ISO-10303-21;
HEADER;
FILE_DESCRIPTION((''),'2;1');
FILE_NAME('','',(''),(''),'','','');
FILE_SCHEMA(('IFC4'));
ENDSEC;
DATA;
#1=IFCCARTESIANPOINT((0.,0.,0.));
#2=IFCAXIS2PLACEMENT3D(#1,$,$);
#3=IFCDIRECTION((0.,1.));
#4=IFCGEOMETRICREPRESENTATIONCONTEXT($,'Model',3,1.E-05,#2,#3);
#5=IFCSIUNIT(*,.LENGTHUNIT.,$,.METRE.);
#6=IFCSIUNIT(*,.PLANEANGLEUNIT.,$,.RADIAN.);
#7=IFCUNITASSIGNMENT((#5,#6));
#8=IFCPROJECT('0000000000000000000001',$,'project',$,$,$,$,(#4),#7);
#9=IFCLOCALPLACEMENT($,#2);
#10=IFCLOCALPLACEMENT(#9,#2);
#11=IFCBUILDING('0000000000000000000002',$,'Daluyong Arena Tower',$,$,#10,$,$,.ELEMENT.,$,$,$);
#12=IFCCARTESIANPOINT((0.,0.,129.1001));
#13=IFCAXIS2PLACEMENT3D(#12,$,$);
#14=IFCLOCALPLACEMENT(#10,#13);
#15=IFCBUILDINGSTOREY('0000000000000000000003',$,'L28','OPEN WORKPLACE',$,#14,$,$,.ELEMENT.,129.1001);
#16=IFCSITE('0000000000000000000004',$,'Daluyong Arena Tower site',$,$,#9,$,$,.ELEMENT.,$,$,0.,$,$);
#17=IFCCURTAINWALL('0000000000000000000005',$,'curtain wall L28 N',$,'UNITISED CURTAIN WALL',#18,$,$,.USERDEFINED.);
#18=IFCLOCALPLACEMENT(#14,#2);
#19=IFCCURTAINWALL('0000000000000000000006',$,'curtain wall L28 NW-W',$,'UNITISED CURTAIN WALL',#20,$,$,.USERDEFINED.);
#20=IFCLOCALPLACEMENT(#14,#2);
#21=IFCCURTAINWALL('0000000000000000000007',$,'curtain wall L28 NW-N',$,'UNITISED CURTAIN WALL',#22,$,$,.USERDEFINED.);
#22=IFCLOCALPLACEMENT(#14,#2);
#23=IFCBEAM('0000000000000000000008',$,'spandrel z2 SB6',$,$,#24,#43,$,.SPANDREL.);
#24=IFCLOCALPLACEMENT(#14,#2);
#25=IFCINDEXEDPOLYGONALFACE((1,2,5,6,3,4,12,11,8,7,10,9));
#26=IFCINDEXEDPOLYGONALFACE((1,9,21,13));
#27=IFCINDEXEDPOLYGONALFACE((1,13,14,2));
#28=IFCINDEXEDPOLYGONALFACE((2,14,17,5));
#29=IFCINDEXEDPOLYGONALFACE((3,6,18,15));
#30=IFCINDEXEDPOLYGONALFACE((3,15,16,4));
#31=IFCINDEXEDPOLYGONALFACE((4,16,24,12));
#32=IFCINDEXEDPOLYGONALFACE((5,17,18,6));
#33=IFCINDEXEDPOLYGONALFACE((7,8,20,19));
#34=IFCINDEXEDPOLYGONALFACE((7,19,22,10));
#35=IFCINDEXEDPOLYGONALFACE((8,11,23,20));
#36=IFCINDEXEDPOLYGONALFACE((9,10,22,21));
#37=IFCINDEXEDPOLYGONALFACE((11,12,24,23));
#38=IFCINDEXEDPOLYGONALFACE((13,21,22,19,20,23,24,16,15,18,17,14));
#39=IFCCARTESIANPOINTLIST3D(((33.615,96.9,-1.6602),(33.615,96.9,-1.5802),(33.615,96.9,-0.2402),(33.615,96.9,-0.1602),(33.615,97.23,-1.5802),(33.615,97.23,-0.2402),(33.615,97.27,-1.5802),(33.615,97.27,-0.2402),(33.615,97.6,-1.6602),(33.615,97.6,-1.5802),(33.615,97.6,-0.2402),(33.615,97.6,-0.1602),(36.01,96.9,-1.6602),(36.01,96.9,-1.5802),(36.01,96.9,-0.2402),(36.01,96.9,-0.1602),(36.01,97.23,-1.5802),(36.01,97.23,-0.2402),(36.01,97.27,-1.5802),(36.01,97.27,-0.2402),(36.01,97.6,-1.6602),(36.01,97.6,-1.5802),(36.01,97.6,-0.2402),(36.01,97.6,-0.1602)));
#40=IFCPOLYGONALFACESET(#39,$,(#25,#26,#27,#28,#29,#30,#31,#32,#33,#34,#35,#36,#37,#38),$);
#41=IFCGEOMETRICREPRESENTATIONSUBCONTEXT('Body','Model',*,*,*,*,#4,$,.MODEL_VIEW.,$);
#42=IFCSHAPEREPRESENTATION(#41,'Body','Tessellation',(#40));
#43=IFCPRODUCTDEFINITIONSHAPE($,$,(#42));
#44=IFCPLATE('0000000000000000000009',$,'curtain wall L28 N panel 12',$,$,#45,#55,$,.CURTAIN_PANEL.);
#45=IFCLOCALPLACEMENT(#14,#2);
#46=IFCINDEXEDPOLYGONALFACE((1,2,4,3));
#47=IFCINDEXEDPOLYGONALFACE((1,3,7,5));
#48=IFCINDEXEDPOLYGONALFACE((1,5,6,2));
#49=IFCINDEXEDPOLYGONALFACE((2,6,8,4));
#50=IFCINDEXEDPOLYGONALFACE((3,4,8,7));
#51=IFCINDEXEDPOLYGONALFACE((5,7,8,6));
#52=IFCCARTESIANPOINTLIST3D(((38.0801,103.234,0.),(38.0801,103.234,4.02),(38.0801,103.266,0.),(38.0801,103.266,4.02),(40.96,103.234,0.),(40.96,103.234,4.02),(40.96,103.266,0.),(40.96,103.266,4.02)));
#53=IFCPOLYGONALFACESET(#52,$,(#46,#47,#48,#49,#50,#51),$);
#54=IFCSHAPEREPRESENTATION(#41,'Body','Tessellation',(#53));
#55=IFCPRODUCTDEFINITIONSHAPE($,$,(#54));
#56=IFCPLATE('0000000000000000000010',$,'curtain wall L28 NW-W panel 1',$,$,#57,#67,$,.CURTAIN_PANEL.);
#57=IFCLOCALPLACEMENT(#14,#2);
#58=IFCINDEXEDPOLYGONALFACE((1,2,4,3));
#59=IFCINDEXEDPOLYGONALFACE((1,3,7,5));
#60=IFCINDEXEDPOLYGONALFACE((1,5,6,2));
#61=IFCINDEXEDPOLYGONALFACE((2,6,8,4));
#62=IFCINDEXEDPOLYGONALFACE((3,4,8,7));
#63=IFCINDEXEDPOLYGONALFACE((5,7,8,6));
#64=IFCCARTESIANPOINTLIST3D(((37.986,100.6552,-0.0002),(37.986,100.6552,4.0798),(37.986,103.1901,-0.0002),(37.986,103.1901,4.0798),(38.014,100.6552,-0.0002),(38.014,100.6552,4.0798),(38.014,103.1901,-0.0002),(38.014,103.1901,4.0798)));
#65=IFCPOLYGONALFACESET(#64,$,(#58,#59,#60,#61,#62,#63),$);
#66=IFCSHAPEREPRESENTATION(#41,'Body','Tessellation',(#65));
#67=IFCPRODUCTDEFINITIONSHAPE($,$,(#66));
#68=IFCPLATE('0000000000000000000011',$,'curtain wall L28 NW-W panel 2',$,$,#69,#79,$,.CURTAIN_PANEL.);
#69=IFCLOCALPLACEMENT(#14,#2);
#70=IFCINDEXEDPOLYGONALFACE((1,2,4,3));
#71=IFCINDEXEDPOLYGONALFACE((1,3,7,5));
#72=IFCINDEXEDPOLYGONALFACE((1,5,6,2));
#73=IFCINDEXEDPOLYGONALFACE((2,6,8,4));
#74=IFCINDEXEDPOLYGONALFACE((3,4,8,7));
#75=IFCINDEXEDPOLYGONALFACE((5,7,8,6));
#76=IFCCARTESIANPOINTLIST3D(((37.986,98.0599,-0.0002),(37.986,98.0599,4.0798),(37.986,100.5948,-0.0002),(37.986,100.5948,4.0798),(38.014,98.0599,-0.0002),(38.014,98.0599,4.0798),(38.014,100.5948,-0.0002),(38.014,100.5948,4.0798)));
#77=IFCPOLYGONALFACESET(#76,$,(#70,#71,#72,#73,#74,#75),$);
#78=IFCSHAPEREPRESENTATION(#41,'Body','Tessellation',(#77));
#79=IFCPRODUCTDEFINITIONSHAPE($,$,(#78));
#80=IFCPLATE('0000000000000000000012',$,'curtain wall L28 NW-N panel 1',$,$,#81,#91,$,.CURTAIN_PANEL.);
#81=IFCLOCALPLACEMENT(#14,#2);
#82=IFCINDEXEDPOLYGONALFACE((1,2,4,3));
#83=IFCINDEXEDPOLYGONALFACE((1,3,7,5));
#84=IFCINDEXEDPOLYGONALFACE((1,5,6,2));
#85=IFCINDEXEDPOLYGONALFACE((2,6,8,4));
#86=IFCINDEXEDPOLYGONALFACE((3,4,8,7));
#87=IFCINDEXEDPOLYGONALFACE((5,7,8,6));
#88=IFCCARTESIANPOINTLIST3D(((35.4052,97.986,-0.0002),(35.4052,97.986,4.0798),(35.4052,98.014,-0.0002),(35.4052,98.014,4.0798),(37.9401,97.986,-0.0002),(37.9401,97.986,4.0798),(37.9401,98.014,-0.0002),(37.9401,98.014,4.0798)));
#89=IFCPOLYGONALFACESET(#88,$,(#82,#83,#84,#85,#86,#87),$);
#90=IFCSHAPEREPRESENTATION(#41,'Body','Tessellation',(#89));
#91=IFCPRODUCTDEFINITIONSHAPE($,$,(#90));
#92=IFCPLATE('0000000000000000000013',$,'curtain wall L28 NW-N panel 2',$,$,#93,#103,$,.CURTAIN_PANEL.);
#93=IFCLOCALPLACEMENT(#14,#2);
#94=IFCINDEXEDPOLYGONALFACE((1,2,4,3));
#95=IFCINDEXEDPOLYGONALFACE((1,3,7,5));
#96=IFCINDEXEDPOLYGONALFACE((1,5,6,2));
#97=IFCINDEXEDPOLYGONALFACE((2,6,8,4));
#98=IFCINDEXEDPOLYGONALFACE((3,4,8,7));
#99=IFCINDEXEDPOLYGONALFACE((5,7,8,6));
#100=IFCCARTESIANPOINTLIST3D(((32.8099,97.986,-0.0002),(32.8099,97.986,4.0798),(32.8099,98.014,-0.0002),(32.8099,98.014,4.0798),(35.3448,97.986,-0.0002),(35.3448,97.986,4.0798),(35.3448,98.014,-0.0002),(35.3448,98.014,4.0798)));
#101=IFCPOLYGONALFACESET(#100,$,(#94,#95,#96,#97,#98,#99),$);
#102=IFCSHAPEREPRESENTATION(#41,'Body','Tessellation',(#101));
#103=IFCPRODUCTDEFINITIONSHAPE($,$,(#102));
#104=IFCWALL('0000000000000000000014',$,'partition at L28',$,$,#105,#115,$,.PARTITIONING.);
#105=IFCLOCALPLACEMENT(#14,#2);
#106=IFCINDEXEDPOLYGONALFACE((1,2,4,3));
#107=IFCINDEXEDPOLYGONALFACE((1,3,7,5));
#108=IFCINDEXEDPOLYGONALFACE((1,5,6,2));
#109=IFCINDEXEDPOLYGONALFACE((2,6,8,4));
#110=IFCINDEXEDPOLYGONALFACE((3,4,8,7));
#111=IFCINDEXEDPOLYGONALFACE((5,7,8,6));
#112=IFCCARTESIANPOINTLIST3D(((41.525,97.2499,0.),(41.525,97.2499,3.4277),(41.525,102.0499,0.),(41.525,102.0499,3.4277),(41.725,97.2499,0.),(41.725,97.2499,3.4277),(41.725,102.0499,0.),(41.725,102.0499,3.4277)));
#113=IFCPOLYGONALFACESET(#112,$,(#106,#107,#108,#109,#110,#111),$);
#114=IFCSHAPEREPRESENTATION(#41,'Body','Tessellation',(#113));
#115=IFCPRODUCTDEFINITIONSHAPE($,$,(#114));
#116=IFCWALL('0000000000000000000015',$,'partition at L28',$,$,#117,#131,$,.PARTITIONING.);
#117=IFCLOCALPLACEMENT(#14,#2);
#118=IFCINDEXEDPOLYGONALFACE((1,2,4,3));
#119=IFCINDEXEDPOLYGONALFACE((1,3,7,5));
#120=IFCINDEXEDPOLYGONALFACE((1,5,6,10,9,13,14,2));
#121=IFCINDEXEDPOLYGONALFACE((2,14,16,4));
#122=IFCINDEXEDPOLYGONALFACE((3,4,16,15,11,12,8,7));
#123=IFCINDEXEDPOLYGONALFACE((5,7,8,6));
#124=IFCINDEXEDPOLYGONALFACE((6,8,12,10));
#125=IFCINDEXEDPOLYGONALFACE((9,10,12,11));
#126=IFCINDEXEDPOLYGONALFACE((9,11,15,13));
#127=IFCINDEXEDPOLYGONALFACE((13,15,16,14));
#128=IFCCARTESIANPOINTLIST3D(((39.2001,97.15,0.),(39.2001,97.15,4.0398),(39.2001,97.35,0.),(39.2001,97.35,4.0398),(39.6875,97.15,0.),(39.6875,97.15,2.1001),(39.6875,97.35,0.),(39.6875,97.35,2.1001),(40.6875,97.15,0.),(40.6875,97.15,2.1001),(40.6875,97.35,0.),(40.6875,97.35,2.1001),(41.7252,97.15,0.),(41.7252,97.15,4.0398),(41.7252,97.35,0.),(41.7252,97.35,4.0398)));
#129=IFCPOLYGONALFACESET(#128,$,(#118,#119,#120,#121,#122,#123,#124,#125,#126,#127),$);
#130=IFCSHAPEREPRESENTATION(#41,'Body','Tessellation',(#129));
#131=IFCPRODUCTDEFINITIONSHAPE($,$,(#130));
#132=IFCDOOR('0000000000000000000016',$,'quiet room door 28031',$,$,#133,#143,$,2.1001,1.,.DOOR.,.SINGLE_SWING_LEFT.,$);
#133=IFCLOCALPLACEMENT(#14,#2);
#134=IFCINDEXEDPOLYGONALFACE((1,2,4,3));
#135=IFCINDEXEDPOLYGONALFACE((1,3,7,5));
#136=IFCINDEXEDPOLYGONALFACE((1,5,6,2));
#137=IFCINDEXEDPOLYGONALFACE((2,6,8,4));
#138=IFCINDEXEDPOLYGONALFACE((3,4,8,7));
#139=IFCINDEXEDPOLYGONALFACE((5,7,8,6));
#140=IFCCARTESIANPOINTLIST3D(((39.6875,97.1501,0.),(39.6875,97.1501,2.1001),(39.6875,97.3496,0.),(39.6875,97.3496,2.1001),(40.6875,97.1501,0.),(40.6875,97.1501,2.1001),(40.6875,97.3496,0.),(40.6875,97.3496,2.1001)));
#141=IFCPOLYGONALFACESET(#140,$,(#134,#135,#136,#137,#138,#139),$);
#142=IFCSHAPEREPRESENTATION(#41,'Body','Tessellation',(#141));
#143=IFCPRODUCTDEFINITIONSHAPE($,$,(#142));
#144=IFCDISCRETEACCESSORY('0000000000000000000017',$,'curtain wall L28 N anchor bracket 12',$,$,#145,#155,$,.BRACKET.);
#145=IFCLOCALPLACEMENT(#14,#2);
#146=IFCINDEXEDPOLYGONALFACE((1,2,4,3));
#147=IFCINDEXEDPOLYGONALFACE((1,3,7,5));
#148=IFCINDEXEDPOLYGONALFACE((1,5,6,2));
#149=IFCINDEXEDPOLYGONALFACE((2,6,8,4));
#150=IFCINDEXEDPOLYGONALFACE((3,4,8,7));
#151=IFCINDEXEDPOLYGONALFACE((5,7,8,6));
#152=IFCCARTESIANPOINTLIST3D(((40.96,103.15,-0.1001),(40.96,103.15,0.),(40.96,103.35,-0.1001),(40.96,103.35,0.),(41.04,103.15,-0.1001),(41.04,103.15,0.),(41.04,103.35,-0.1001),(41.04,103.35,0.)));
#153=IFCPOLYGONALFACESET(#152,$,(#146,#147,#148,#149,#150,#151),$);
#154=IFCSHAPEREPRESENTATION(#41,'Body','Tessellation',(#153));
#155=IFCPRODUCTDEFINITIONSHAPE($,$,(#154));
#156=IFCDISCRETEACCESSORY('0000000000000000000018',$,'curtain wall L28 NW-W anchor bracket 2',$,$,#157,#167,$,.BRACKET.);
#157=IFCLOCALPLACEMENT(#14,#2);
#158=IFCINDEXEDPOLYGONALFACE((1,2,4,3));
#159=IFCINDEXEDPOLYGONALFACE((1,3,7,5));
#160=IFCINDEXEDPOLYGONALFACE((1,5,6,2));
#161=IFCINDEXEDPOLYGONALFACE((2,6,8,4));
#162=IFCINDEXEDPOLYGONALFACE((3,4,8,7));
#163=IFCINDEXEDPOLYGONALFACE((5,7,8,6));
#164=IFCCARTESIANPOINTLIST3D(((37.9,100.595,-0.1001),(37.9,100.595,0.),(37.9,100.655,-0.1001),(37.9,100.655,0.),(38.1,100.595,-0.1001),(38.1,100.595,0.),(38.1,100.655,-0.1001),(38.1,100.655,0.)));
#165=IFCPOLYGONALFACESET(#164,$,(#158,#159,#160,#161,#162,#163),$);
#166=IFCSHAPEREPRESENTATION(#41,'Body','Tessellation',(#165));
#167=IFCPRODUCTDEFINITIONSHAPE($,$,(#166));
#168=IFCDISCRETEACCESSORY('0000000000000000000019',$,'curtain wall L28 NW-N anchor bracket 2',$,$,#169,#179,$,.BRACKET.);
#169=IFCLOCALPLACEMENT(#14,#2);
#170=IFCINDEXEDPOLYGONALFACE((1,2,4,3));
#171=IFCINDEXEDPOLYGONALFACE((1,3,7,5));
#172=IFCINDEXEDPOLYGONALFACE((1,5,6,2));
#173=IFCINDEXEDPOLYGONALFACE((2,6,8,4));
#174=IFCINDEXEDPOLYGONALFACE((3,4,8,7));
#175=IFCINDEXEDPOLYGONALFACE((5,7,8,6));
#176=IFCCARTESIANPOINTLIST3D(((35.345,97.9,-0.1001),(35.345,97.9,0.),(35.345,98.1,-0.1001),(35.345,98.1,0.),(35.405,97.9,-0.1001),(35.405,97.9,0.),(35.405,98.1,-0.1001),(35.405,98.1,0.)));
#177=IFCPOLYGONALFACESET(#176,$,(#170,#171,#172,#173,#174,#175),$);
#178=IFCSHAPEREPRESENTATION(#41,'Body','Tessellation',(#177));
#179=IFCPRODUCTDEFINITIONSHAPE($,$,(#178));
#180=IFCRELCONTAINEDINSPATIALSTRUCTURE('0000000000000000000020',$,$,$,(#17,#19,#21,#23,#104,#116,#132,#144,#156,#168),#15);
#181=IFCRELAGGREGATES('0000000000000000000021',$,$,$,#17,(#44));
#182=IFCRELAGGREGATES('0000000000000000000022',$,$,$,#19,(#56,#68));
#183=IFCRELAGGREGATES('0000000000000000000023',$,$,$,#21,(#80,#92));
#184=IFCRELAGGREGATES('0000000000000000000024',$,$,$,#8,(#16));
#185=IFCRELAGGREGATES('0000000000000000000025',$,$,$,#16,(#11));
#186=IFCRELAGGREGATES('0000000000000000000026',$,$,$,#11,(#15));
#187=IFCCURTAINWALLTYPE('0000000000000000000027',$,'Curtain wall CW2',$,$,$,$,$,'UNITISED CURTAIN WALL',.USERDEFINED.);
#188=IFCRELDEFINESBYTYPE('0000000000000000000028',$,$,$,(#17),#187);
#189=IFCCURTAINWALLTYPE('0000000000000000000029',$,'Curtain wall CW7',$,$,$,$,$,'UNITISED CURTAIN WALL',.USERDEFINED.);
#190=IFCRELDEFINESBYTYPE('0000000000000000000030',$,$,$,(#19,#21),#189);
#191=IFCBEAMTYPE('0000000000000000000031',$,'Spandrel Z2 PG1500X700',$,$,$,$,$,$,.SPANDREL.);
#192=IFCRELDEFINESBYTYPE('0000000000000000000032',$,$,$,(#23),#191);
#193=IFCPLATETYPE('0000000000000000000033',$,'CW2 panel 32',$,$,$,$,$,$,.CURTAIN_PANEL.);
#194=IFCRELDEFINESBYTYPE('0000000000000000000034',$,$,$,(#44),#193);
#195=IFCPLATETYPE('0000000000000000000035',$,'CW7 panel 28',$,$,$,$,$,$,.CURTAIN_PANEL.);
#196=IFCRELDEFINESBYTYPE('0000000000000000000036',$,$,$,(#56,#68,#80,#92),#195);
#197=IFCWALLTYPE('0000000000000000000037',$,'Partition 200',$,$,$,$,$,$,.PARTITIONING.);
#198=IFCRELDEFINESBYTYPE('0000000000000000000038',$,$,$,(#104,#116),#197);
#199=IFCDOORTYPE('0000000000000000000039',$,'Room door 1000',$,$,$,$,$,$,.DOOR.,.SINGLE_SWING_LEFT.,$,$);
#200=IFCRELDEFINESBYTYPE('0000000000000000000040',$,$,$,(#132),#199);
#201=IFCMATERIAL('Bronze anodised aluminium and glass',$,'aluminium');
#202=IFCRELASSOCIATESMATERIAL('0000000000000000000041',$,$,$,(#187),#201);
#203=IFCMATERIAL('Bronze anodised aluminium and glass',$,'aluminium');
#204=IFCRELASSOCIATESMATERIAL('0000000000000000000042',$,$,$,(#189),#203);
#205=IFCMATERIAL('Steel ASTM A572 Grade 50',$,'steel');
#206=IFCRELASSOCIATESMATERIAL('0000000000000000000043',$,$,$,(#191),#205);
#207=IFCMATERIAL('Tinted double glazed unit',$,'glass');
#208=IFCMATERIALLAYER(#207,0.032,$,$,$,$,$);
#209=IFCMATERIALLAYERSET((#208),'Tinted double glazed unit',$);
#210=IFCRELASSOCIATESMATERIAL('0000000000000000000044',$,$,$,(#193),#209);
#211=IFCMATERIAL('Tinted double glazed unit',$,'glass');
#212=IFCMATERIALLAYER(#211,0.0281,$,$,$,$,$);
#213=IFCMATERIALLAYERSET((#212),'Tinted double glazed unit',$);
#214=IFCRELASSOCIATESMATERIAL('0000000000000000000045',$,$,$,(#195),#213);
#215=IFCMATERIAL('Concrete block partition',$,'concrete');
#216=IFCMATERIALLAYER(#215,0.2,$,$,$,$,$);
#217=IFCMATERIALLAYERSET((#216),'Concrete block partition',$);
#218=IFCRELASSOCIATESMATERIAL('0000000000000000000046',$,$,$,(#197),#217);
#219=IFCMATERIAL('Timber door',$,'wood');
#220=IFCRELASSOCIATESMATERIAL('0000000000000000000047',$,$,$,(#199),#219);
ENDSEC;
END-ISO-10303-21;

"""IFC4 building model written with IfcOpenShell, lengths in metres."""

from ifc_helpers import new_model, si_unit, direction, frame, frame_2d, origin, origin_2d, place, context, subcontext, project, spatial, rectangle, i_section, extrude, material, layer, layer_set, material_profile, profile_set, type_object, element, fill, aggregate, save


model = new_model("IFC4")

# Units and contexts
model_context = context("Model", 3, precision=1e-05, world=origin(), true_north=direction((0.0, 1.0)))
body_context = subcontext(model_context, "Body", "Model", "MODEL_VIEW")
ifc_project = project(units=[si_unit("LENGTHUNIT", "METRE"), si_unit("PLANEANGLEUNIT", "RADIAN")], contexts=[model_context])

# Site, building, storey
site_placement = place(None, origin())
site = spatial("IfcSite", under=ifc_project, at=site_placement, Name="Daluyong Arena Tower site", CompositionType="ELEMENT", RefElevation=0.0)
building_placement = place(site_placement, origin())
building = spatial("IfcBuilding", under=site, at=building_placement, Name="Daluyong Arena Tower", CompositionType="ELEMENT")
storey_placement = place(building_placement, frame((0.0, 0.0, 129.1001)))
storey = spatial("IfcBuildingStorey", under=building, at=storey_placement, Name="L28", Description="OPEN WORKPLACE", CompositionType="ELEMENT", Elevation=129.1001)

# Curtain wall
ifc_material_1 = material(Name="Bronze anodised aluminium and glass", Category="aluminium")
curtain_wall_type_1 = type_object("IfcCurtainWallType", Name="Curtain wall CW2", ElementType="UNITISED CURTAIN WALL", PredefinedType="USERDEFINED", material=ifc_material_1)
curtain_wall_1_placement = place(storey_placement, origin())
curtain_wall_1 = element("IfcCurtainWall", 1, at=curtain_wall_1_placement, inside=storey, type_object=curtain_wall_type_1, Name="curtain wall L28 N", ObjectType="UNITISED CURTAIN WALL", PredefinedType="USERDEFINED")

# Curtain walls
ifc_material_2 = material(Name="Bronze anodised aluminium and glass", Category="aluminium")
curtain_wall_type_2 = type_object("IfcCurtainWallType", Name="Curtain wall CW7", ElementType="UNITISED CURTAIN WALL", PredefinedType="USERDEFINED", material=ifc_material_2)
curtain_wall_2_placement = place(storey_placement, origin())
curtain_wall_2 = element("IfcCurtainWall", 2, at=curtain_wall_2_placement, inside=storey, type_object=curtain_wall_type_2, Name="curtain wall L28 NW-W", ObjectType="UNITISED CURTAIN WALL", PredefinedType="USERDEFINED")
curtain_wall_3_placement = place(storey_placement, origin())
curtain_wall_3 = element("IfcCurtainWall", 3, at=curtain_wall_3_placement, inside=storey, type_object=curtain_wall_type_2, Name="curtain wall L28 NW-N", ObjectType="UNITISED CURTAIN WALL", PredefinedType="USERDEFINED")

# Beam
ifc_material_3 = material(Name="Steel ASTM A572 Grade 50", Category="steel")
ifc_material_profile_1 = material_profile(ifc_material_3, i_section(OverallWidth=0.7, OverallDepth=1.5, WebThickness=0.04, FlangeThickness=0.08, at=origin_2d()))
ifc_profile_set_1 = profile_set([ifc_material_profile_1], Name="Steel ASTM A572 Grade 50")
beam_type_1 = type_object("IfcBeamType", Name="Spandrel Z2 PG1500X700", PredefinedType="SPANDREL", material=ifc_profile_set_1)
for number, where, z_axis, x_axis, name in (
    (4, (36.01, 97.25, -0.9102), (-1.0, 0.0, 0.0), (0.0, -1.0, 0.0), "spandrel z2 SB6"),
):
    element("IfcBeam", number, at=place(storey_placement, frame(where, z_axis=z_axis, x_axis=x_axis)), inside=storey, type_object=beam_type_1, Name=name, PredefinedType="SPANDREL", context=body_context, shape_type="SweptSolid", body=[
        extrude(i_section(OverallWidth=0.7, OverallDepth=1.5, WebThickness=0.04, FlangeThickness=0.08, at=origin_2d()), origin(), (0.0, 0.0, 1.0), 2.395),
    ])

# Plates
ifc_material_4 = material(Name="Tinted double glazed unit", Category="glass")
ifc_layer_1 = layer(ifc_material_4, 0.032)
ifc_layer_set_1 = layer_set([ifc_layer_1], Name="Tinted double glazed unit")
plate_type_1 = type_object("IfcPlateType", Name="CW2 panel 32", PredefinedType="CURTAIN_PANEL", material=ifc_layer_set_1)
plate_1_placement = place(storey_placement, frame((39.52, 103.25, 0.0), z_axis=(0.0, 0.0, 1.0), x_axis=(-1.0, 0.0, 0.0)))
plate_1 = element("IfcPlate", 5, at=plate_1_placement, type_object=plate_type_1, Name="curtain wall L28 N panel 12", PredefinedType="CURTAIN_PANEL", context=body_context, shape_type="SweptSolid", body=[
    extrude(rectangle(XDim=2.8799, YDim=0.032, at=origin_2d()), origin(), (0.0, 0.0, 1.0), 4.02),
])
aggregate(curtain_wall_1, [plate_1])
ifc_material_5 = material(Name="Tinted double glazed unit", Category="glass")
ifc_layer_2 = layer(ifc_material_5, 0.0281)
ifc_layer_set_2 = layer_set([ifc_layer_2], Name="Tinted double glazed unit")
plate_type_2 = type_object("IfcPlateType", Name="CW7 panel 28", PredefinedType="CURTAIN_PANEL", material=ifc_layer_set_2)
plate_2_placement = place(storey_placement, frame((38.0, 101.9226, -0.0002), z_axis=(0.0, 0.0, 1.0), x_axis=(0.0, -1.0, 0.0)))
plate_2 = element("IfcPlate", 6, at=plate_2_placement, type_object=plate_type_2, Name="curtain wall L28 NW-W panel 1", PredefinedType="CURTAIN_PANEL", context=body_context, shape_type="SweptSolid", body=[
    extrude(rectangle(XDim=2.5349, YDim=0.0281, at=origin_2d()), origin(), (0.0, 0.0, 1.0), 4.0801),
])
plate_3_placement = place(storey_placement, frame((38.0, 99.3274, -0.0002), z_axis=(0.0, 0.0, 1.0), x_axis=(0.0, -1.0, 0.0)))
plate_3 = element("IfcPlate", 7, at=plate_3_placement, type_object=plate_type_2, Name="curtain wall L28 NW-W panel 2", PredefinedType="CURTAIN_PANEL", context=body_context, shape_type="SweptSolid", body=[
    extrude(rectangle(XDim=2.5349, YDim=0.0281, at=origin_2d()), origin(), (0.0, 0.0, 1.0), 4.0801),
])
aggregate(curtain_wall_2, [plate_2, plate_3])
plate_4_placement = place(storey_placement, frame((36.6726, 98.0, -0.0002), z_axis=(0.0, 0.0, 1.0), x_axis=(-1.0, 0.0, 0.0)))
plate_4 = element("IfcPlate", 8, at=plate_4_placement, type_object=plate_type_2, Name="curtain wall L28 NW-N panel 1", PredefinedType="CURTAIN_PANEL", context=body_context, shape_type="SweptSolid", body=[
    extrude(rectangle(XDim=2.5349, YDim=0.0281, at=origin_2d()), origin(), (0.0, 0.0, 1.0), 4.0801),
])
plate_5_placement = place(storey_placement, frame((34.0774, 98.0, -0.0002), z_axis=(0.0, 0.0, 1.0), x_axis=(-1.0, 0.0, 0.0)))
plate_5 = element("IfcPlate", 9, at=plate_5_placement, type_object=plate_type_2, Name="curtain wall L28 NW-N panel 2", PredefinedType="CURTAIN_PANEL", context=body_context, shape_type="SweptSolid", body=[
    extrude(rectangle(XDim=2.5349, YDim=0.0281, at=origin_2d()), origin(), (0.0, 0.0, 1.0), 4.0801),
])
aggregate(curtain_wall_3, [plate_4, plate_5])

# Wall
ifc_material_6 = material(Name="Concrete block partition", Category="concrete")
ifc_layer_3 = layer(ifc_material_6, 0.2)
ifc_layer_set_3 = layer_set([ifc_layer_3], Name="Concrete block partition")
wall_type = type_object("IfcWallType", Name="Partition 200", PredefinedType="PARTITIONING", material=ifc_layer_set_3)
wall_1_placement = place(storey_placement, frame((41.625, 97.25, 0.0), z_axis=(0.0, 0.0, 1.0), x_axis=(0.0, 1.0, 0.0)))
element("IfcWall", 10, at=wall_1_placement, inside=storey, type_object=wall_type, Name="partition at L28", PredefinedType="PARTITIONING", context=body_context, shape_type="SweptSolid", body=[
    extrude(rectangle(XDim=4.8, YDim=0.2, at=frame_2d((2.3999, 0.0))), origin(), (0.0, 0.0, 1.0), 3.4277),
])

# Wall, opening, door
wall_2_placement = place(storey_placement, frame((39.2, 97.25, 0.0), z_axis=(0.0, 0.0, 1.0), x_axis=(1.0, 0.0, 0.0)))
wall_2 = element("IfcWall", 11, at=wall_2_placement, inside=storey, type_object=wall_type, Name="partition at L28", PredefinedType="PARTITIONING", context=body_context, shape_type="SweptSolid", body=[
    extrude(rectangle(XDim=2.5251, YDim=0.2, at=frame_2d((1.2627, 0.0))), origin(), (0.0, 0.0, 1.0), 4.0398),
])
opening_placement = place(wall_2_placement, frame((0.4875, 0.0, 0.0)))
opening = element("IfcOpeningElement", 12, at=opening_placement, cuts=wall_2, PredefinedType="OPENING", context=body_context, shape_type="SweptSolid", body=[
    extrude(rectangle(XDim=1.0, YDim=2.1001, at=frame_2d((0.5, 1.05))), frame((0.0, 0.1099, 0.0), z_axis=(0.0, -1.0, 0.0), x_axis=(1.0, 0.0, 0.0)), (0.0, 0.0, 1.0), 0.22),
])
ifc_material_7 = material(Name="Timber door", Category="wood")
door_type = type_object("IfcDoorType", Name="Room door 1000", OperationType="SINGLE_SWING_LEFT", PredefinedType="DOOR", material=ifc_material_7)
door_placement = place(opening_placement, origin())
door = element("IfcDoor", 13, at=door_placement, inside=storey, type_object=door_type, Name="quiet room door 28031", OperationType="SINGLE_SWING_LEFT", OverallHeight=2.1001, OverallWidth=1.0, PredefinedType="DOOR", context=body_context, shape_type="SweptSolid", body=[
    extrude(rectangle(XDim=1.0, YDim=2.1001, at=frame_2d((0.5, 1.05))), frame((0.0, 0.0996, 0.0), z_axis=(0.0, -1.0, 0.0), x_axis=(1.0, 0.0, 0.0)), (0.0, 0.0, 1.0), 0.1995),
])
fill(opening, door)

# Discrete accessories
discrete_accessory_placement = place(storey_placement, frame((41.0, 103.25, -0.1001), z_axis=(0.0, 0.0, 1.0), x_axis=(-1.0, 0.0, 0.0)))
element("IfcDiscreteAccessory", 14, at=discrete_accessory_placement, inside=storey, Name="curtain wall L28 N anchor bracket 12", PredefinedType="BRACKET", context=body_context, shape_type="SweptSolid", body=[
    extrude(rectangle(XDim=0.0801, YDim=0.2, at=origin_2d()), origin(), (0.0, 0.0, 1.0), 0.1001),
])
for number, where, z_axis, x_axis, name in (
    (15, (38.0, 100.625, -0.1001), (0.0, 0.0, 1.0), (0.0, -1.0, 0.0), "curtain wall L28 NW-W anchor bracket 2"),
    (16, (35.375, 98.0, -0.1001), (0.0, 0.0, 1.0), (-1.0, 0.0, 0.0), "curtain wall L28 NW-N anchor bracket 2"),
):
    element("IfcDiscreteAccessory", number, at=place(storey_placement, frame(where, z_axis=z_axis, x_axis=x_axis)), inside=storey, Name=name, PredefinedType="BRACKET", context=body_context, shape_type="SweptSolid", body=[
        extrude(rectangle(XDim=0.0601, YDim=0.2, at=origin_2d()), origin(), (0.0, 0.0, 1.0), 0.1001),
    ])

save(model, "model.ifc")
